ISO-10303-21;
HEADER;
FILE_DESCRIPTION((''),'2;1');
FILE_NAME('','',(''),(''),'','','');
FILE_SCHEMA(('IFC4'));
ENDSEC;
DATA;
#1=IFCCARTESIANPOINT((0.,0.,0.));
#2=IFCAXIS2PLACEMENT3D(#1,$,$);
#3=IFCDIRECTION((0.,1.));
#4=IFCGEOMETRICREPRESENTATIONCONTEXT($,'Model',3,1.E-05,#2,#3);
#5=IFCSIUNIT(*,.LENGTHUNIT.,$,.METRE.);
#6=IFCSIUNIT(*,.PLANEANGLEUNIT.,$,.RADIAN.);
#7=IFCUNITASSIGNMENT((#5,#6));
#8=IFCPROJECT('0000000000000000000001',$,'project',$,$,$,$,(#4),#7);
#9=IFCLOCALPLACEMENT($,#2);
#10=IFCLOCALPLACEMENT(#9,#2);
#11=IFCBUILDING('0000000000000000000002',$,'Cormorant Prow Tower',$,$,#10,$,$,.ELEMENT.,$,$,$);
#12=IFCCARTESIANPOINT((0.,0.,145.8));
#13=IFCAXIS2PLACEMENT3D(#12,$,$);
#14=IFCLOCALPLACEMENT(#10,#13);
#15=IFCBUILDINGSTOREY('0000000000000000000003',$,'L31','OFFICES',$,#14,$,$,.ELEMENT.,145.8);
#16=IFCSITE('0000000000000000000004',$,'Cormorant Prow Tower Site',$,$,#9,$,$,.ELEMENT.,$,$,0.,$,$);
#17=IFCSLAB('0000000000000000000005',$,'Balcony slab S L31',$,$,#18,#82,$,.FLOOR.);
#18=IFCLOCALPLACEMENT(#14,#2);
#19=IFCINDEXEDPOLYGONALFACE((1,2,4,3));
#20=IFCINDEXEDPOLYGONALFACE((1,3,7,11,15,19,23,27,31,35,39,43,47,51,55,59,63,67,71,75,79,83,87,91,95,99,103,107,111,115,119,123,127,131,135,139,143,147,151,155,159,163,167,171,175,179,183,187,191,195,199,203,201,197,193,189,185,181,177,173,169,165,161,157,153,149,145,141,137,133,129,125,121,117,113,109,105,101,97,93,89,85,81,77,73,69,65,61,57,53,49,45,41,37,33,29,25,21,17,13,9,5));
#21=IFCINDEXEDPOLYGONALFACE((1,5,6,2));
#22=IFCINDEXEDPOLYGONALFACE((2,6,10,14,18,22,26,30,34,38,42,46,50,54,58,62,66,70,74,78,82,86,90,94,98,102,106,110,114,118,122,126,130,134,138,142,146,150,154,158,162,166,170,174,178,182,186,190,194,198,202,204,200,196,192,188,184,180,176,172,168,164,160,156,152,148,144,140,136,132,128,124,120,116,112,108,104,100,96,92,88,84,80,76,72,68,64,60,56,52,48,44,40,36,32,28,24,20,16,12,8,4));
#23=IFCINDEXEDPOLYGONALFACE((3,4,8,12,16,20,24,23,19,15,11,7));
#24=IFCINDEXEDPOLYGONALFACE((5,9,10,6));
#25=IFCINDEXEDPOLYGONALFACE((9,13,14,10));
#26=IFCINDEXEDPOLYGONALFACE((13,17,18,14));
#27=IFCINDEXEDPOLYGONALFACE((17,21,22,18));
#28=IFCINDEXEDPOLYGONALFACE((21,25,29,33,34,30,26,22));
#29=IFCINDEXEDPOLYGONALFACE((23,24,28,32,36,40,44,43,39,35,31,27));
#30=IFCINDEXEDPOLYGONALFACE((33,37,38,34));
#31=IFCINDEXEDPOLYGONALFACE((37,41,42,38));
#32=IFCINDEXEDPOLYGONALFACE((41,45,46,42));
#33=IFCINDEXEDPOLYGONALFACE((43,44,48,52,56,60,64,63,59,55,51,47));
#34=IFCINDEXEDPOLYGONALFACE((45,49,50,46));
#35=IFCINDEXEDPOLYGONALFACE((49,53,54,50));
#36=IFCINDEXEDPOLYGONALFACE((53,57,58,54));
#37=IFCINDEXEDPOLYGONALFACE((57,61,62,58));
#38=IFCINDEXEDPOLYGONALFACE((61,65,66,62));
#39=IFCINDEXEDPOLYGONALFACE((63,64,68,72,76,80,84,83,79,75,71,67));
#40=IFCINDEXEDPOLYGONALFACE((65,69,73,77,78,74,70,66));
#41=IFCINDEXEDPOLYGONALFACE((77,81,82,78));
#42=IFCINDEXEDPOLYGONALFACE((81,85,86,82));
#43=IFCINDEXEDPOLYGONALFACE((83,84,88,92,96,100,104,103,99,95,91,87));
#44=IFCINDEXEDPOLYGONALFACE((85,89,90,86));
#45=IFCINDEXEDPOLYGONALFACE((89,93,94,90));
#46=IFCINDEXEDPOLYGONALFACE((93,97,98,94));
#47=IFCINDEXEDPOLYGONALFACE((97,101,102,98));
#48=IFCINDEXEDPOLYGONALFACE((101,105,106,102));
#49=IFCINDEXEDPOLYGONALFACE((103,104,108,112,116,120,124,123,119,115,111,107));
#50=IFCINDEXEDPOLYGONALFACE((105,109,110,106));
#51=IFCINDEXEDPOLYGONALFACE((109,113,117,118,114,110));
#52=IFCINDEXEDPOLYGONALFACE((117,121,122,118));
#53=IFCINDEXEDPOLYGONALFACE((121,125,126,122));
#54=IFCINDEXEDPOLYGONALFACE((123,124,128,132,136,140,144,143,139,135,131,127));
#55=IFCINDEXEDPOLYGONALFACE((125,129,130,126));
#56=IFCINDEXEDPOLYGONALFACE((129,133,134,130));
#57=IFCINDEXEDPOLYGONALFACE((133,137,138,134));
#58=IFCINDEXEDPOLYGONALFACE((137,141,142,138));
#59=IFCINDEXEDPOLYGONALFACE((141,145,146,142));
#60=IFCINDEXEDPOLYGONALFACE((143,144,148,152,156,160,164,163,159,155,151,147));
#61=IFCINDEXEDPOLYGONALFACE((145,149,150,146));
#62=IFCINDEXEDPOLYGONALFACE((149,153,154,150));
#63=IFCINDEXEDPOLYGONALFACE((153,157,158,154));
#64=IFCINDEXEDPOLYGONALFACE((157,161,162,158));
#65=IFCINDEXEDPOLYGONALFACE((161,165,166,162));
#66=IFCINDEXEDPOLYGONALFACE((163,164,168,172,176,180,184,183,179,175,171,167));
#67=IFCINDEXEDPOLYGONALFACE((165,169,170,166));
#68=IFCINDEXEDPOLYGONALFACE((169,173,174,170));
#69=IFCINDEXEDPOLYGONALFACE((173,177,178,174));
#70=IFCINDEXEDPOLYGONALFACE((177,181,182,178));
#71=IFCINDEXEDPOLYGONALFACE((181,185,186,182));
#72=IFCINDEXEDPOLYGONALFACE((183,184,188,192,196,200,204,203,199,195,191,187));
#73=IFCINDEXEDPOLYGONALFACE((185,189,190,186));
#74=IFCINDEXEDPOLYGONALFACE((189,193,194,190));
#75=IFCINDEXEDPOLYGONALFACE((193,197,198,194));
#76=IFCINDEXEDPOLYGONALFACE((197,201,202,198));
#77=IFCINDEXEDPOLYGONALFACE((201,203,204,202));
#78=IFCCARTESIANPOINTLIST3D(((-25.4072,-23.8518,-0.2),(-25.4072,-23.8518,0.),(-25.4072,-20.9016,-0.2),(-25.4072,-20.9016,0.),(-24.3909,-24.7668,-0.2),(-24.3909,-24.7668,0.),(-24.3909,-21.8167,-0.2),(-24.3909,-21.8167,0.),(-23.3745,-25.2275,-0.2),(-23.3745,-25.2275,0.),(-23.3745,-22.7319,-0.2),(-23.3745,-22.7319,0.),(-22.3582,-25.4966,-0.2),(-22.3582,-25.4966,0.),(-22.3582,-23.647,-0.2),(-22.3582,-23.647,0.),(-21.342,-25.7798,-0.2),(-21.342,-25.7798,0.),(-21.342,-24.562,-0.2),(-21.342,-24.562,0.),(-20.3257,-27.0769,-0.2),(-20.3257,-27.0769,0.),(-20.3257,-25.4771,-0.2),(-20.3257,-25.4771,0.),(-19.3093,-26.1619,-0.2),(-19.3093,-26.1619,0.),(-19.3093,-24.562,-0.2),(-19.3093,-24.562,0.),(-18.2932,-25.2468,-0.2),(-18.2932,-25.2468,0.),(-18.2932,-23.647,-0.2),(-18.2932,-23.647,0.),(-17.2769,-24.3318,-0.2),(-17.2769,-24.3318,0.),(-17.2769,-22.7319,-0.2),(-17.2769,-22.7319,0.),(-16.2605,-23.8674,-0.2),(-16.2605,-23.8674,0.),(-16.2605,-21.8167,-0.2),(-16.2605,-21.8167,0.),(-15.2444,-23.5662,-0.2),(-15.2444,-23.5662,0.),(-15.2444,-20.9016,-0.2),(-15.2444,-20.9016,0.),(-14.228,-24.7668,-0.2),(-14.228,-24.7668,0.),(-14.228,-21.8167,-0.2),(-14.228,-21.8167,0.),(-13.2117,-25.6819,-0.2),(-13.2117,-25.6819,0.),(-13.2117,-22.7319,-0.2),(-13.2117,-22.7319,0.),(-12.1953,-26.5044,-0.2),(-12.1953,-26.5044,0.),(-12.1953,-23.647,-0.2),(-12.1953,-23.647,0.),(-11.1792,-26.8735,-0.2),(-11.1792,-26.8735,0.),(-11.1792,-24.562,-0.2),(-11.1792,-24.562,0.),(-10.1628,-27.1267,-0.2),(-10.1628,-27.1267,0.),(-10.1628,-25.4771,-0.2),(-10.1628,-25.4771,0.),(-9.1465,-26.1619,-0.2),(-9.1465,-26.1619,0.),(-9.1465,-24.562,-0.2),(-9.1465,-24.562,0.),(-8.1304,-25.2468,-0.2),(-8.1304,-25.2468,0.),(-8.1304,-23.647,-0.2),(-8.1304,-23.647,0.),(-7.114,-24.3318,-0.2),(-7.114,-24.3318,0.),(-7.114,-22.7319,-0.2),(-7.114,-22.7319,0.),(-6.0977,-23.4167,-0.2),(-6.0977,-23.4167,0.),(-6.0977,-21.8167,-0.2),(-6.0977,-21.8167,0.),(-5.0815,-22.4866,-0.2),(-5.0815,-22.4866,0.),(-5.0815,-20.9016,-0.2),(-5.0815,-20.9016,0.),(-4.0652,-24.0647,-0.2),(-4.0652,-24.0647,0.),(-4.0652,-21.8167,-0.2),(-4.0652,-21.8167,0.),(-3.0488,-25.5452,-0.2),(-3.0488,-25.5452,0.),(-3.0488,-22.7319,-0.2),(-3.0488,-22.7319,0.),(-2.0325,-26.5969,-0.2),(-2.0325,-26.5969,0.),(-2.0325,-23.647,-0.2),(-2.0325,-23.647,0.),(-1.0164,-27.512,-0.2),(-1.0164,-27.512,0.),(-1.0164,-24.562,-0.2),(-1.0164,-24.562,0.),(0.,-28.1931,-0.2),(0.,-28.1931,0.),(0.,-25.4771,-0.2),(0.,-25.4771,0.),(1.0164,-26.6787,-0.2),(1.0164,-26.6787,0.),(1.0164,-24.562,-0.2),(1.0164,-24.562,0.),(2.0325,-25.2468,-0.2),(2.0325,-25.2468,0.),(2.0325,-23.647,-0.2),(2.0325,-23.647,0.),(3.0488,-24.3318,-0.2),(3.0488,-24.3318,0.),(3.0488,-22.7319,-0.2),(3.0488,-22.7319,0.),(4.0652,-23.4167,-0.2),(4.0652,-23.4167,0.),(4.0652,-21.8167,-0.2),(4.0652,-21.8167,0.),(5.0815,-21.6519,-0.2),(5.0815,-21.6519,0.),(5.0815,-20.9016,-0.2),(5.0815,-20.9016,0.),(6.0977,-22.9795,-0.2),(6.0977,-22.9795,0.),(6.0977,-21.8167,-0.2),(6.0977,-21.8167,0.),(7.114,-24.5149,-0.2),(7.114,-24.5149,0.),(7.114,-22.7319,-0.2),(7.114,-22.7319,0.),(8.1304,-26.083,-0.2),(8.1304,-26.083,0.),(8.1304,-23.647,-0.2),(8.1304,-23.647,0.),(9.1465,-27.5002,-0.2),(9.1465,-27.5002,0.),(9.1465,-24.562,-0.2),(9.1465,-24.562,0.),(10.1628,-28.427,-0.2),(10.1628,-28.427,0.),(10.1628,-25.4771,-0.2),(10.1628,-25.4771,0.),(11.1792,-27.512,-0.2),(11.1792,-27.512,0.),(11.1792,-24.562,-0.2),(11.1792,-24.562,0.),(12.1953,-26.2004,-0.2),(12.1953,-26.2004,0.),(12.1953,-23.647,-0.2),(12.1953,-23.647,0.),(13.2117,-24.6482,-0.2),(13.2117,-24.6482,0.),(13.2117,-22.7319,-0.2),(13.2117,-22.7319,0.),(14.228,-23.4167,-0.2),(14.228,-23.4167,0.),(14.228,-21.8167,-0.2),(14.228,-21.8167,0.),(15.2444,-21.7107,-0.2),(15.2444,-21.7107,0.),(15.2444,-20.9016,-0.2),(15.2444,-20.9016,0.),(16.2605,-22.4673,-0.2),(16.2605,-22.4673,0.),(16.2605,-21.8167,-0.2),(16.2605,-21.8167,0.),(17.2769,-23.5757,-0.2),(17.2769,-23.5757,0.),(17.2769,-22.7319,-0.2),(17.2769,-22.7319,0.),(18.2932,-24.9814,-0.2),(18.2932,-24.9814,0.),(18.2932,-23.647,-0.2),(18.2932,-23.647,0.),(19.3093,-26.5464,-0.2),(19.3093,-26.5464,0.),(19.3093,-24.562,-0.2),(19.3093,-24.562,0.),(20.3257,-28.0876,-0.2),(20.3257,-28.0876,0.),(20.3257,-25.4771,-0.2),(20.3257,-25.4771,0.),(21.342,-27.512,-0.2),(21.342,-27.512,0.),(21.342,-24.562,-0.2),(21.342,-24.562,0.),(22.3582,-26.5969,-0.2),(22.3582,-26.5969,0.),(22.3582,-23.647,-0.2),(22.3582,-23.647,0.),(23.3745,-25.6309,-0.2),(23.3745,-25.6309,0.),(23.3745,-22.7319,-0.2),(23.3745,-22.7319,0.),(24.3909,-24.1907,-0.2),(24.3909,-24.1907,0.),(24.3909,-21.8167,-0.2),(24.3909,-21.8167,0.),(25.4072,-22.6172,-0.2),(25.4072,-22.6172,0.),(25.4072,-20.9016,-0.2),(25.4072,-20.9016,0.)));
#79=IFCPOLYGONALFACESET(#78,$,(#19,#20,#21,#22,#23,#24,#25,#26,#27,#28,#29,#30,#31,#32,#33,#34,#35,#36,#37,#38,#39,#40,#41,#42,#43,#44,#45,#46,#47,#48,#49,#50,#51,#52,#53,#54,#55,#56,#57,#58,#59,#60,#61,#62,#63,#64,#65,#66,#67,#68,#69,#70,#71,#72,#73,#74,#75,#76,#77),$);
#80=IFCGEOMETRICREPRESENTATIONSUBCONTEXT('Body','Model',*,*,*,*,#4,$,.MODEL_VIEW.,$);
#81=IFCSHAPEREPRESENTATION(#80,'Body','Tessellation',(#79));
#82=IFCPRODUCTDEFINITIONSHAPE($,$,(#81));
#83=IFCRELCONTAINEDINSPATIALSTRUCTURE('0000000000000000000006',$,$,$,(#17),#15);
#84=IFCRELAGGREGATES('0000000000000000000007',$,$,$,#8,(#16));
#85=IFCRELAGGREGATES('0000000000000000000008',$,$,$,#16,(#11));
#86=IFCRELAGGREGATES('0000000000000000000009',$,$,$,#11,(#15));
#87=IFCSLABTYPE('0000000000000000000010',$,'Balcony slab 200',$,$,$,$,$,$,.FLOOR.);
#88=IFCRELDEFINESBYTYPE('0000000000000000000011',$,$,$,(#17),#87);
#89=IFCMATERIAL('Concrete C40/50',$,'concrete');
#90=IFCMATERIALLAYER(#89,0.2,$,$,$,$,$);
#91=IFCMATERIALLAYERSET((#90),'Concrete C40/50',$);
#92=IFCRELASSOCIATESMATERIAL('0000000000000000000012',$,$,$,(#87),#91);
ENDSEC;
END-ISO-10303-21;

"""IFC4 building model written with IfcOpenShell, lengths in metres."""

from ifc_helpers import new_model, si_unit, direction, frame, origin, place, context, subcontext, project, spatial, polyline, outline, extrude, material, layer, layer_set, type_object, element, save


model = new_model("IFC4")

# Units and contexts
model_context = context("Model", 3, precision=1e-05, world=origin(), true_north=direction((0.0, 1.0)))
body_context = subcontext(model_context, "Body", "Model", "MODEL_VIEW")
ifc_project = project(units=[si_unit("LENGTHUNIT", "METRE"), si_unit("PLANEANGLEUNIT", "RADIAN")], contexts=[model_context])

# Site, building, storey
site_placement = place(None, origin())
site = spatial("IfcSite", under=ifc_project, at=site_placement, Name="Cormorant Prow Tower Site", CompositionType="ELEMENT", RefElevation=0.0)
building_placement = place(site_placement, origin())
building = spatial("IfcBuilding", under=site, at=building_placement, Name="Cormorant Prow Tower", CompositionType="ELEMENT")
storey_placement = place(building_placement, frame((0.0, 0.0, 145.8)))
storey = spatial("IfcBuildingStorey", under=building, at=storey_placement, Name="L31", Description="OFFICES", CompositionType="ELEMENT", Elevation=145.8)

# Slab
ifc_material_1 = material(Name="Concrete C40/50", Category="concrete")
ifc_layer_1 = layer(ifc_material_1, 0.2)
ifc_layer_set_1 = layer_set([ifc_layer_1], Name="Concrete C40/50")
slab_type_1 = type_object("IfcSlabType", Name="Balcony slab 200", PredefinedType="FLOOR", material=ifc_layer_set_1)
slab_1_placement = place(storey_placement, frame((0.0, 0.0, -0.2)))
element("IfcSlab", 1, at=slab_1_placement, inside=storey, type_object=slab_type_1, Name="Balcony slab S L31", PredefinedType="FLOOR", context=body_context, shape_type="SweptSolid", body=[
    extrude(outline(polyline([(-25.4072, -20.9016), (-25.4072, -23.8518), (-24.3909, -24.7668), (-23.3745, -25.2275), (-22.3582, -25.4966), (-21.342, -25.7798), (-20.3257, -27.0769), (-19.3093, -26.1619), (-18.2932, -25.2468), (-17.2769, -24.3318), (-16.2605, -23.8674), (-15.2444, -23.5662), (-14.228, -24.7668), (-13.2117, -25.6819), (-12.1953, -26.5044), (-11.1792, -26.8735), (-10.1628, -27.1267), (-9.1465, -26.1619), (-8.1304, -25.2468), (-7.114, -24.3318), (-6.0977, -23.4167), (-5.0815, -22.4866), (-4.0652, -24.0647), (-3.0488, -25.5452), (-2.0325, -26.5969), (-1.0164, -27.512), (0.0, -28.1931), (1.0164, -26.6787), (2.0325, -25.2468), (3.0488, -24.3318), (4.0652, -23.4167), (5.0815, -21.6519), (6.0977, -22.9795), (7.114, -24.5149), (8.1304, -26.083), (9.1465, -27.5002), (10.1628, -28.427), (11.1792, -27.512), (12.1953, -26.2004), (13.2117, -24.6482), (14.228, -23.4167), (15.2444, -21.7107), (16.2605, -22.4673), (17.2769, -23.5757), (18.2932, -24.9814), (19.3093, -26.5464), (20.3257, -28.0876), (21.342, -27.512), (22.3582, -26.5969), (23.3745, -25.6309), (24.3909, -24.1907), (25.4072, -22.6172), (25.4072, -20.9016), (24.3909, -21.8167), (23.3745, -22.7319), (22.3582, -23.647), (21.342, -24.562), (20.3257, -25.4771), (19.3093, -24.562), (18.2932, -23.647), (17.2769, -22.7319), (16.2605, -21.8167), (15.2444, -20.9016), (14.228, -21.8167), (13.2117, -22.7319), (12.1953, -23.647), (11.1792, -24.562), (10.1628, -25.4771), (9.1465, -24.562), (8.1304, -23.647), (7.114, -22.7319), (6.0977, -21.8167), (5.0815, -20.9016), (4.0652, -21.8167), (3.0488, -22.7319), (2.0325, -23.647), (1.0164, -24.562), (0.0, -25.4771), (-1.0164, -24.562), (-2.0325, -23.647), (-3.0488, -22.7319), (-4.0652, -21.8167), (-5.0815, -20.9016), (-6.0977, -21.8167), (-7.114, -22.7319), (-8.1304, -23.647), (-9.1465, -24.562), (-10.1628, -25.4771), (-11.1792, -24.562), (-12.1953, -23.647), (-13.2117, -22.7319), (-14.228, -21.8167), (-15.2444, -20.9016), (-16.2605, -21.8167), (-17.2769, -22.7319), (-18.2932, -23.647), (-19.3093, -24.562), (-20.3257, -25.4771), (-21.342, -24.562), (-22.3582, -23.647), (-23.3745, -22.7319), (-24.3909, -21.8167), (-25.4072, -20.9016)])), origin(), (0.0, 0.0, 1.0), 0.2),
])

save(model, "model.ifc")
